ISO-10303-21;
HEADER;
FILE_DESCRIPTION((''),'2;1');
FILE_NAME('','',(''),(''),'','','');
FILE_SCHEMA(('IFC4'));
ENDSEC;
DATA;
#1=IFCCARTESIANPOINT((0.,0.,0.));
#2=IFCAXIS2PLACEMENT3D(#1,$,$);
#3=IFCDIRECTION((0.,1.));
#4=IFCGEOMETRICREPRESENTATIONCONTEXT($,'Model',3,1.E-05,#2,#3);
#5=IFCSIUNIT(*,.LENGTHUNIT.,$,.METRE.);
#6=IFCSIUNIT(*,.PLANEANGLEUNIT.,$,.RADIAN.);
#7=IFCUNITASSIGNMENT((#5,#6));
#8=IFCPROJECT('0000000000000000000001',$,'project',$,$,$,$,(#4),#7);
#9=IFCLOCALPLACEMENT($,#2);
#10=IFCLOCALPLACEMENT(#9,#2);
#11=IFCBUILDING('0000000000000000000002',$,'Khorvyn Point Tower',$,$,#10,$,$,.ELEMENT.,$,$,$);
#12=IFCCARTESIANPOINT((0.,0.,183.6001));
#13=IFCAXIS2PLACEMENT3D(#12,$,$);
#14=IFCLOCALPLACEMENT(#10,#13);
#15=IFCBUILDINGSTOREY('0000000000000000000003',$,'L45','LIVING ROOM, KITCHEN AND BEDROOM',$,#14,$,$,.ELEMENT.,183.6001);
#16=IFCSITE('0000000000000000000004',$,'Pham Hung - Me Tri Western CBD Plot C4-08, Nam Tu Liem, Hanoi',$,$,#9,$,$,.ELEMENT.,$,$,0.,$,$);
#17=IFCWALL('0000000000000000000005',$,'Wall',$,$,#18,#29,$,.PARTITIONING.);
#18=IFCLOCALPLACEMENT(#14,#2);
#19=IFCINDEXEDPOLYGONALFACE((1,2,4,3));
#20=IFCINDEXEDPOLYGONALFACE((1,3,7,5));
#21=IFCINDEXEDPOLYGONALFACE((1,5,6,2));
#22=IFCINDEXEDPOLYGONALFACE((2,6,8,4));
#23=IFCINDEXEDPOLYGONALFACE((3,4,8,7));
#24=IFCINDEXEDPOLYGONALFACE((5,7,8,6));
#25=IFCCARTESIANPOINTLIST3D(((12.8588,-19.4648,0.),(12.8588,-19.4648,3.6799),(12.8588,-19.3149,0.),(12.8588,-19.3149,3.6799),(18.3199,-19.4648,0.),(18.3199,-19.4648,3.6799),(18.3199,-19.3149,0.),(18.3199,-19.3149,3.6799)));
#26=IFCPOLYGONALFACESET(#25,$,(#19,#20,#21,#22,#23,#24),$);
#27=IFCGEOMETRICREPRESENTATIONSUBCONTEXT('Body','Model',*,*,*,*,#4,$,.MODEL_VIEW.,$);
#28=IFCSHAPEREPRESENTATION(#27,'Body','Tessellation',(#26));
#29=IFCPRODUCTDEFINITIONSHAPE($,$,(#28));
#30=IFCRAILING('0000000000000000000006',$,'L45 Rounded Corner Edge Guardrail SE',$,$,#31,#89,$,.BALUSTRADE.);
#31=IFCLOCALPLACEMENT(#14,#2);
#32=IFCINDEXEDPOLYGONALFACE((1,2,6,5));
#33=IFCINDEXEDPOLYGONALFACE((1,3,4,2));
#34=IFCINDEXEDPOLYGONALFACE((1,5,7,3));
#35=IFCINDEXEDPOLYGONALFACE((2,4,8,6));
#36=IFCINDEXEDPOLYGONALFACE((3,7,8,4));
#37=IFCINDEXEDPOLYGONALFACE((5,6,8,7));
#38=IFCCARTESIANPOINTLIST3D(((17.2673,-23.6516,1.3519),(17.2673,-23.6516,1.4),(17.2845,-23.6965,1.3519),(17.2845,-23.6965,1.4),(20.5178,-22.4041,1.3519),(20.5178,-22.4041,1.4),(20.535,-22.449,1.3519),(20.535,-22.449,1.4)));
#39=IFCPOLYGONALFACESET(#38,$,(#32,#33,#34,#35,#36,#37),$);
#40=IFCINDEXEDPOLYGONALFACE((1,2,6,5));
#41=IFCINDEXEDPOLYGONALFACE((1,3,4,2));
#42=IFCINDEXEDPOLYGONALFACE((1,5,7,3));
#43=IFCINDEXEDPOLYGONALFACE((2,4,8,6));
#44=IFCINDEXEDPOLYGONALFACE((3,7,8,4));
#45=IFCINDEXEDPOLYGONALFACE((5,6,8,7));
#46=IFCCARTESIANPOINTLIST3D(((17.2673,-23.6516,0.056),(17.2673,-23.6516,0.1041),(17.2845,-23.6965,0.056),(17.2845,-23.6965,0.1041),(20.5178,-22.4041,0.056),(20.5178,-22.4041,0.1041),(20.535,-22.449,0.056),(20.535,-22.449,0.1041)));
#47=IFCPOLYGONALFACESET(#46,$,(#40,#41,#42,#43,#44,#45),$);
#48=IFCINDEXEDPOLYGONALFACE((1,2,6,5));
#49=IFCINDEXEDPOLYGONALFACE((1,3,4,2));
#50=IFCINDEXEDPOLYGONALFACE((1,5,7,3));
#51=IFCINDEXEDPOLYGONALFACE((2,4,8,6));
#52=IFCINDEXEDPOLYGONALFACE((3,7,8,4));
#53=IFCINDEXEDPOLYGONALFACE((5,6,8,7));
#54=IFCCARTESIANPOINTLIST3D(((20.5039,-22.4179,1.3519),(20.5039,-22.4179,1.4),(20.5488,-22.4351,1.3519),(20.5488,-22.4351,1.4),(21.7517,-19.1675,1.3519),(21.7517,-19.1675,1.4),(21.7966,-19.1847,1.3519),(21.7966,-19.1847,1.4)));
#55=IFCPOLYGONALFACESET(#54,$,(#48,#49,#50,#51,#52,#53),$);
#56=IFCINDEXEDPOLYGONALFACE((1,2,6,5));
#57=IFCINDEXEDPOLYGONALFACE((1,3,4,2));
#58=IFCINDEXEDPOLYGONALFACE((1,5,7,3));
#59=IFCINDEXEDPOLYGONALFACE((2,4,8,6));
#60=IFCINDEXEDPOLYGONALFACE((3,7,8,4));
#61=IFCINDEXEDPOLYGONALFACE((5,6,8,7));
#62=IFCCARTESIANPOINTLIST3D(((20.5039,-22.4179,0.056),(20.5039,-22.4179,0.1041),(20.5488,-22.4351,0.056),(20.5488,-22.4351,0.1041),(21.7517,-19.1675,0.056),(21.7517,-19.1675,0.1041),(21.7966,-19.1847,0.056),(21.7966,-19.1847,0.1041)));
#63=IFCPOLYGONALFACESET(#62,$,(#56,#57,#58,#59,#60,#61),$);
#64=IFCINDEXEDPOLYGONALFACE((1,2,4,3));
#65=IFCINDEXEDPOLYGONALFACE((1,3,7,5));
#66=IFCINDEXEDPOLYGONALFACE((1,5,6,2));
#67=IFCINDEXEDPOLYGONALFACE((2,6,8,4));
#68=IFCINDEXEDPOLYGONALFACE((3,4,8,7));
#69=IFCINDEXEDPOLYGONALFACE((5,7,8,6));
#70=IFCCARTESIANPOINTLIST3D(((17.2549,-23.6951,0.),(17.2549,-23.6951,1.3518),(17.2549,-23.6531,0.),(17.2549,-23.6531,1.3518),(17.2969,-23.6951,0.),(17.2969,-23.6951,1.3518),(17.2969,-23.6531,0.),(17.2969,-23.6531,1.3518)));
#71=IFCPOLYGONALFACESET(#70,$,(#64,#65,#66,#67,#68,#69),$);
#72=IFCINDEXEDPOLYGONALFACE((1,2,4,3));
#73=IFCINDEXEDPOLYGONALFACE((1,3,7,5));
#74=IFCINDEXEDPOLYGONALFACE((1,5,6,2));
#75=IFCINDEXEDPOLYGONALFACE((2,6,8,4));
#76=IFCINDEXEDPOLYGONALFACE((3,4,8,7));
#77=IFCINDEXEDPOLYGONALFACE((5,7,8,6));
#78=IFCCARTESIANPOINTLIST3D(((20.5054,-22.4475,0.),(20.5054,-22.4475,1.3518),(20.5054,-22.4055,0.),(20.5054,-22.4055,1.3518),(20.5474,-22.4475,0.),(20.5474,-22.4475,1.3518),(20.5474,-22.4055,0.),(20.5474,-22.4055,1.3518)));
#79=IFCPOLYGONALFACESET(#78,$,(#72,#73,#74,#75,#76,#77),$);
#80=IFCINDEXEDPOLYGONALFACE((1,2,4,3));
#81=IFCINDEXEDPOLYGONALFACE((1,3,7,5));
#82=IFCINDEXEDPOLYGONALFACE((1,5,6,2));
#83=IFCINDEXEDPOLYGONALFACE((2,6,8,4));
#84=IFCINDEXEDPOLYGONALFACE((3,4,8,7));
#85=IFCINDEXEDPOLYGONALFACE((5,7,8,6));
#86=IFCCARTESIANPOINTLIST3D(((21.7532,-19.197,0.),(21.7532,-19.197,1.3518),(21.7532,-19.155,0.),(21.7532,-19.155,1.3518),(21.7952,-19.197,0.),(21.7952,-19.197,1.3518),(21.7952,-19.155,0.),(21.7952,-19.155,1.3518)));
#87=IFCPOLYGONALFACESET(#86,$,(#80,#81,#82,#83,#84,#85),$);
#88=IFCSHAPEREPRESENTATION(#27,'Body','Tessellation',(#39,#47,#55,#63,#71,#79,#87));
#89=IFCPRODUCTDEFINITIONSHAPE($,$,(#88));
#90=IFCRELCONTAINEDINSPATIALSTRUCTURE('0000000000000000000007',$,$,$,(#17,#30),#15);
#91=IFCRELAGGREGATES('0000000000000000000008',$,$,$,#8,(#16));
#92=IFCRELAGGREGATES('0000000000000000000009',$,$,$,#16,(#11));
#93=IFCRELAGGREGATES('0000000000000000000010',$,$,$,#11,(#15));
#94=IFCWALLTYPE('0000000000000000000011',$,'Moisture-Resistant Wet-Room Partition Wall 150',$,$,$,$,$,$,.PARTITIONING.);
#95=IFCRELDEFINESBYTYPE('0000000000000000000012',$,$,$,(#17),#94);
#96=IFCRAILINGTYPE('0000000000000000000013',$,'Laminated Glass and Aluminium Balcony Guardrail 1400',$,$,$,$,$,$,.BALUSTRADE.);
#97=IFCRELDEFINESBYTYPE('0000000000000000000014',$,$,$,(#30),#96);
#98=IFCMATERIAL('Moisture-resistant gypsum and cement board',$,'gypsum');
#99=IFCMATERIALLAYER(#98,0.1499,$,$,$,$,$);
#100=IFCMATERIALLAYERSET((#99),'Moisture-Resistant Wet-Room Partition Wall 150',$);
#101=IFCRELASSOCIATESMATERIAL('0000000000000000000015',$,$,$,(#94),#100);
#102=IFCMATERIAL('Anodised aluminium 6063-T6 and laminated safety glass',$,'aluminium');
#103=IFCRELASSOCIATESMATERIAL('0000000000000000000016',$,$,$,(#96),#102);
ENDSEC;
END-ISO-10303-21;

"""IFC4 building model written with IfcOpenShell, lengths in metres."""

from ifc_helpers import new_model, si_unit, direction, frame, frame_2d, origin, origin_2d, place, context, subcontext, project, spatial, rectangle, extrude, material, layer, layer_set, type_object, element, save


model = new_model("IFC4")

# Units and contexts
model_context = context("Model", 3, precision=1e-05, world=origin(), true_north=direction((0.0, 1.0)))
body_context = subcontext(model_context, "Body", "Model", "MODEL_VIEW")
ifc_project = project(units=[si_unit("LENGTHUNIT", "METRE"), si_unit("PLANEANGLEUNIT", "RADIAN")], contexts=[model_context])

# Site, building, storey
site_placement = place(None, origin())
site = spatial("IfcSite", under=ifc_project, at=site_placement, Name="Pham Hung - Me Tri Western CBD Plot C4-08, Nam Tu Liem, Hanoi", CompositionType="ELEMENT", RefElevation=0.0)
building_placement = place(site_placement, origin())
building = spatial("IfcBuilding", under=site, at=building_placement, Name="Khorvyn Point Tower", CompositionType="ELEMENT")
storey_placement = place(building_placement, frame((0.0, 0.0, 183.6001)))
storey = spatial("IfcBuildingStorey", under=building, at=storey_placement, Name="L45", Description="LIVING ROOM, KITCHEN AND BEDROOM", CompositionType="ELEMENT", Elevation=183.6001)

# Shared definitions
ifc_material_1 = material(Name="Moisture-resistant gypsum and cement board", Category="gypsum")
ifc_layer_1 = layer(ifc_material_1, 0.1499)
ifc_layer_set_1 = layer_set([ifc_layer_1], Name="Moisture-Resistant Wet-Room Partition Wall 150")
wall_type_1 = type_object("IfcWallType", Name="Moisture-Resistant Wet-Room Partition Wall 150", PredefinedType="PARTITIONING", material=ifc_layer_set_1)

# Wall
for number, where, z_axis, x_axis, name in (
    (1, (12.8589, -19.3899, 0.0), (0.0, 0.0, 1.0), (1.0, 0.0, 0.0), "Wall"),
):
    element("IfcWall", number, at=place(storey_placement, frame(where, z_axis=z_axis, x_axis=x_axis)), inside=storey, type_object=wall_type_1, Name=name, PredefinedType="PARTITIONING", context=body_context, shape_type="SweptSolid", body=[
        extrude(rectangle(XDim=5.4612, YDim=0.1499, at=frame_2d((2.7305, 0.0))), origin(), (0.0, 0.0, 1.0), 3.6799),
    ])

# Railing
ifc_material_2 = material(Name="Anodised aluminium 6063-T6 and laminated safety glass", Category="aluminium")
railing_type = type_object("IfcRailingType", Name="Laminated Glass and Aluminium Balcony Guardrail 1400", PredefinedType="BALUSTRADE", material=ifc_material_2)
railing_placement = place(storey_placement, frame((17.2759, -23.6741, 0.0)))
element("IfcRailing", 2, at=railing_placement, inside=storey, type_object=railing_type, Name="L45 Rounded Corner Edge Guardrail SE", PredefinedType="BALUSTRADE", context=body_context, shape_type="SweptSolid", body=[
    extrude(rectangle(XDim=0.0481, YDim=0.0481, at=origin_2d()), frame((0.0, 0.0, 1.376), z_axis=(0.933598, 0.358321, 0.0), x_axis=(-0.358321, 0.933598, 0.0)), (0.0, 0.0, 1.0), 3.4817),
    extrude(rectangle(XDim=0.0481, YDim=0.0481, at=origin_2d()), frame((0.0, 0.0, 0.0801), z_axis=(0.933598, 0.358321, 0.0), x_axis=(-0.358321, 0.933598, 0.0)), (0.0, 0.0, 1.0), 3.4817),
    extrude(rectangle(XDim=0.0481, YDim=0.0481, at=origin_2d()), frame((3.2505, 1.2476, 1.376), z_axis=(0.358382, 0.933575, 0.0), x_axis=(-0.933575, 0.358382, 0.0)), (0.0, 0.0, 1.0), 3.4817),
    extrude(rectangle(XDim=0.0481, YDim=0.0481, at=origin_2d()), frame((3.2505, 1.2476, 0.0801), z_axis=(0.358382, 0.933575, 0.0), x_axis=(-0.933575, 0.358382, 0.0)), (0.0, 0.0, 1.0), 3.4817),
    extrude(rectangle(XDim=0.042, YDim=0.042, at=origin_2d()), origin(), (0.0, 0.0, 1.0), 1.3518),
    extrude(rectangle(XDim=0.042, YDim=0.042, at=origin_2d()), frame((3.2505, 1.2476, 0.0)), (0.0, 0.0, 1.0), 1.3518),
    extrude(rectangle(XDim=0.042, YDim=0.042, at=origin_2d()), frame((4.4983, 4.498, 0.0)), (0.0, 0.0, 1.0), 1.3518),
])

save(model, "model.ifc")
